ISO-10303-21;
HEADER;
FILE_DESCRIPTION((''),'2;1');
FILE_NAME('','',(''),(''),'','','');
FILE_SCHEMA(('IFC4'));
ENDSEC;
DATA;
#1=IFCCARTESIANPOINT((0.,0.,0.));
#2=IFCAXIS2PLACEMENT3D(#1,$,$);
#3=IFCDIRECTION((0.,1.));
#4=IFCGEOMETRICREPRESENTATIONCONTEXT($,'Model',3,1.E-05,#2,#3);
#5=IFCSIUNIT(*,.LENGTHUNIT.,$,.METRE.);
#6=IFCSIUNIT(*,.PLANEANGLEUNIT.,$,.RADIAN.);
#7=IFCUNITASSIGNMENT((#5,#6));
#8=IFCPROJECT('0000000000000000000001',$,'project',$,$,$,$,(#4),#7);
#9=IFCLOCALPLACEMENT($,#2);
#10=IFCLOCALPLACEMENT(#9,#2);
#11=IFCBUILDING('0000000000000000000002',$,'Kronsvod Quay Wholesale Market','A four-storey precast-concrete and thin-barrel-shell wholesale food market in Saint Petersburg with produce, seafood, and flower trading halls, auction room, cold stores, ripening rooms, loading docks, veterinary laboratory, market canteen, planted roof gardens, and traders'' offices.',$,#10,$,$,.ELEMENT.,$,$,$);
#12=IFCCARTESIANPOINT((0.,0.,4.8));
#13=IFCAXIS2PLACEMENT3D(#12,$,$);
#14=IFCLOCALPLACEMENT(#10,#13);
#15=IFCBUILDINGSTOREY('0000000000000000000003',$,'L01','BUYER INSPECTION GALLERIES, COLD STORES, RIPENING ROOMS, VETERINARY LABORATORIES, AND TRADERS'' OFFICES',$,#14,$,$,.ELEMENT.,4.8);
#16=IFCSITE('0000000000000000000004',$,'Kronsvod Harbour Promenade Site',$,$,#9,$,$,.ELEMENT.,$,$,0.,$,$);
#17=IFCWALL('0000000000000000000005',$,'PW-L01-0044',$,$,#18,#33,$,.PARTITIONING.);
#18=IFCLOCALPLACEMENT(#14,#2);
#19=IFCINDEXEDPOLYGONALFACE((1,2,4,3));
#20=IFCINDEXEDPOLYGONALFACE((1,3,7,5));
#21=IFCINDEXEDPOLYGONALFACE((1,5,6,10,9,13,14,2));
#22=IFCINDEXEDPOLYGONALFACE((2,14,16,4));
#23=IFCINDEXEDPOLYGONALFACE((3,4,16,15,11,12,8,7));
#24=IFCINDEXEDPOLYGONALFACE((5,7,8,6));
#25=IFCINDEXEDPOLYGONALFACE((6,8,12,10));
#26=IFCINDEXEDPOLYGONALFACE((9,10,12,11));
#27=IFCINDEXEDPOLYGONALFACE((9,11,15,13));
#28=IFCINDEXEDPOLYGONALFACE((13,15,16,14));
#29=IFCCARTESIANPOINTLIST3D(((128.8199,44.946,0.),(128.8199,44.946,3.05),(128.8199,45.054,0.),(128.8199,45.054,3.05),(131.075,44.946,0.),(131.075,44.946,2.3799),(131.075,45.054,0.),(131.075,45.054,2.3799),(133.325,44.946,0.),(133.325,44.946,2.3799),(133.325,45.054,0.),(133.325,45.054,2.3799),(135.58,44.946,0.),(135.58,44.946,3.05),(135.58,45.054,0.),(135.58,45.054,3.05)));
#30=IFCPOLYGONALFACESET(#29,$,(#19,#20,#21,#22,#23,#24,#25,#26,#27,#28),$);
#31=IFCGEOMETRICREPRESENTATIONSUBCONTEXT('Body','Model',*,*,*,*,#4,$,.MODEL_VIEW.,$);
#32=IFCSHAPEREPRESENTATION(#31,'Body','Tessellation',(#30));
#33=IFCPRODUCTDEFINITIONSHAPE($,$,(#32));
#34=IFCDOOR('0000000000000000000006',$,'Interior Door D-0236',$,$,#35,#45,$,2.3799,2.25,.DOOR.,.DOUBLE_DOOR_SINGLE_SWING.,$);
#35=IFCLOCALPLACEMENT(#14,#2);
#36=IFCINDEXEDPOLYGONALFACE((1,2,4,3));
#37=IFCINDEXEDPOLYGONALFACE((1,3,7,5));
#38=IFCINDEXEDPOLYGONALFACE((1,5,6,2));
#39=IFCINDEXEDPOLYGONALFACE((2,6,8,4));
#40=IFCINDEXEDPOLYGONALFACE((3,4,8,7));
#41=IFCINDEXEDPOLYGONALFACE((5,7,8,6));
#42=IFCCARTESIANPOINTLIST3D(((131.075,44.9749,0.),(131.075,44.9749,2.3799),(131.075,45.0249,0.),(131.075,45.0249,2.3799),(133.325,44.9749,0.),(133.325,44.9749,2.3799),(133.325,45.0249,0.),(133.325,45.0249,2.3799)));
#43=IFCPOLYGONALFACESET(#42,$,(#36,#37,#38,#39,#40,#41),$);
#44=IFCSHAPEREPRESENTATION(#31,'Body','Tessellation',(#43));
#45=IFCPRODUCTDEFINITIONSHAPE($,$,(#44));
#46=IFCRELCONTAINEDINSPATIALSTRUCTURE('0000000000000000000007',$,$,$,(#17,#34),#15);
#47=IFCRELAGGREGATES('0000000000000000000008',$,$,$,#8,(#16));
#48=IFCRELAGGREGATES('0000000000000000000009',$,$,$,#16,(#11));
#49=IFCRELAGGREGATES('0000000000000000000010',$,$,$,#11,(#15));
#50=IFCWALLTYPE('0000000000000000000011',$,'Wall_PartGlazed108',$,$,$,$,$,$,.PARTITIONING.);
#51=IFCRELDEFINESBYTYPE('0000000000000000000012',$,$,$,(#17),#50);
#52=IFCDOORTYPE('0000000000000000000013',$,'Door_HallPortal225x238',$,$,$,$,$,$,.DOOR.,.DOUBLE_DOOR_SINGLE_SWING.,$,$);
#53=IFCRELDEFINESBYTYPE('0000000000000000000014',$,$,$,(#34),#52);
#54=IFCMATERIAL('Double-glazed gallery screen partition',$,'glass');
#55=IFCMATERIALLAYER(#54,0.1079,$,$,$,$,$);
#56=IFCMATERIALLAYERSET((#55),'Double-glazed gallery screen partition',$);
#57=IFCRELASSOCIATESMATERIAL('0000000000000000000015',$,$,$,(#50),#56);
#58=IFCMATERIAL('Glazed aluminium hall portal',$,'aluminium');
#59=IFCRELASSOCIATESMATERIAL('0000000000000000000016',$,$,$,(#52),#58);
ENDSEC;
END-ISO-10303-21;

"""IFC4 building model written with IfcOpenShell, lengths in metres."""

from ifc_helpers import new_model, si_unit, direction, frame, frame_2d, origin, place, context, subcontext, project, spatial, rectangle, extrude, material, layer, layer_set, type_object, element, fill, save


model = new_model("IFC4")

# Units and contexts
model_context = context("Model", 3, precision=1e-05, world=origin(), true_north=direction((0.0, 1.0)))
body_context = subcontext(model_context, "Body", "Model", "MODEL_VIEW")
ifc_project = project(units=[si_unit("LENGTHUNIT", "METRE"), si_unit("PLANEANGLEUNIT", "RADIAN")], contexts=[model_context])

# Site, building, storey
site_placement = place(None, origin())
site = spatial("IfcSite", under=ifc_project, at=site_placement, Name="Kronsvod Harbour Promenade Site", CompositionType="ELEMENT", RefElevation=0.0)
building_placement = place(site_placement, origin())
building = spatial("IfcBuilding", under=site, at=building_placement, Name="Kronsvod Quay Wholesale Market", Description="A four-storey precast-concrete and thin-barrel-shell wholesale food market in Saint Petersburg with produce, seafood, and flower trading halls, auction room, cold stores, ripening rooms, loading docks, veterinary laboratory, market canteen, planted roof gardens, and traders' offices.", CompositionType="ELEMENT")
storey_placement = place(building_placement, frame((0.0, 0.0, 4.8)))
storey = spatial("IfcBuildingStorey", under=building, at=storey_placement, Name="L01", Description="BUYER INSPECTION GALLERIES, COLD STORES, RIPENING ROOMS, VETERINARY LABORATORIES, AND TRADERS' OFFICES", CompositionType="ELEMENT", Elevation=4.8)

# Wall, opening, door
ifc_material_1 = material(Name="Double-glazed gallery screen partition", Category="glass")
ifc_layer_1 = layer(ifc_material_1, 0.1079)
ifc_layer_set_1 = layer_set([ifc_layer_1], Name="Double-glazed gallery screen partition")
wall_type_1 = type_object("IfcWallType", Name="Wall_PartGlazed108", PredefinedType="PARTITIONING", material=ifc_layer_set_1)
wall_1_placement = place(storey_placement, frame((128.8201, 45.0, 0.0), z_axis=(0.0, 0.0, 1.0), x_axis=(1.0, 0.0, 0.0)))
wall_1 = element("IfcWall", 1, at=wall_1_placement, inside=storey, type_object=wall_type_1, Name="PW-L01-0044", PredefinedType="PARTITIONING", context=body_context, shape_type="SweptSolid", body=[
    extrude(rectangle(XDim=6.76, YDim=0.1079, at=frame_2d((3.3799, 0.0))), origin(), (0.0, 0.0, 1.0), 3.05),
])
opening_1_placement = place(wall_1_placement, frame((2.2549, 0.0, 0.0)))
opening_1 = element("IfcOpeningElement", 2, at=opening_1_placement, cuts=wall_1, PredefinedType="OPENING", context=body_context, shape_type="SweptSolid", body=[
    extrude(rectangle(XDim=2.25, YDim=2.3799, at=frame_2d((1.125, 1.1899))), frame((0.0, 0.064, 0.0), z_axis=(0.0, -1.0, 0.0), x_axis=(1.0, 0.0, 0.0)), (0.0, 0.0, 1.0), 0.1279),
])
ifc_material_2 = material(Name="Glazed aluminium hall portal", Category="aluminium")
door_type_1 = type_object("IfcDoorType", Name="Door_HallPortal225x238", OperationType="DOUBLE_DOOR_SINGLE_SWING", PredefinedType="DOOR", material=ifc_material_2)
door_1_placement = place(opening_1_placement, origin())
door_1 = element("IfcDoor", 3, at=door_1_placement, inside=storey, type_object=door_type_1, Name="Interior Door D-0236", OperationType="DOUBLE_DOOR_SINGLE_SWING", OverallHeight=2.3799, OverallWidth=2.25, PredefinedType="DOOR", context=body_context, shape_type="SweptSolid", body=[
    extrude(rectangle(XDim=2.25, YDim=2.3799, at=frame_2d((1.125, 1.1899))), frame((0.0, 0.0249, 0.0), z_axis=(0.0, -1.0, 0.0), x_axis=(1.0, 0.0, 0.0)), (0.0, 0.0, 1.0), 0.05),
])
fill(opening_1, door_1)

save(model, "model.ifc")
